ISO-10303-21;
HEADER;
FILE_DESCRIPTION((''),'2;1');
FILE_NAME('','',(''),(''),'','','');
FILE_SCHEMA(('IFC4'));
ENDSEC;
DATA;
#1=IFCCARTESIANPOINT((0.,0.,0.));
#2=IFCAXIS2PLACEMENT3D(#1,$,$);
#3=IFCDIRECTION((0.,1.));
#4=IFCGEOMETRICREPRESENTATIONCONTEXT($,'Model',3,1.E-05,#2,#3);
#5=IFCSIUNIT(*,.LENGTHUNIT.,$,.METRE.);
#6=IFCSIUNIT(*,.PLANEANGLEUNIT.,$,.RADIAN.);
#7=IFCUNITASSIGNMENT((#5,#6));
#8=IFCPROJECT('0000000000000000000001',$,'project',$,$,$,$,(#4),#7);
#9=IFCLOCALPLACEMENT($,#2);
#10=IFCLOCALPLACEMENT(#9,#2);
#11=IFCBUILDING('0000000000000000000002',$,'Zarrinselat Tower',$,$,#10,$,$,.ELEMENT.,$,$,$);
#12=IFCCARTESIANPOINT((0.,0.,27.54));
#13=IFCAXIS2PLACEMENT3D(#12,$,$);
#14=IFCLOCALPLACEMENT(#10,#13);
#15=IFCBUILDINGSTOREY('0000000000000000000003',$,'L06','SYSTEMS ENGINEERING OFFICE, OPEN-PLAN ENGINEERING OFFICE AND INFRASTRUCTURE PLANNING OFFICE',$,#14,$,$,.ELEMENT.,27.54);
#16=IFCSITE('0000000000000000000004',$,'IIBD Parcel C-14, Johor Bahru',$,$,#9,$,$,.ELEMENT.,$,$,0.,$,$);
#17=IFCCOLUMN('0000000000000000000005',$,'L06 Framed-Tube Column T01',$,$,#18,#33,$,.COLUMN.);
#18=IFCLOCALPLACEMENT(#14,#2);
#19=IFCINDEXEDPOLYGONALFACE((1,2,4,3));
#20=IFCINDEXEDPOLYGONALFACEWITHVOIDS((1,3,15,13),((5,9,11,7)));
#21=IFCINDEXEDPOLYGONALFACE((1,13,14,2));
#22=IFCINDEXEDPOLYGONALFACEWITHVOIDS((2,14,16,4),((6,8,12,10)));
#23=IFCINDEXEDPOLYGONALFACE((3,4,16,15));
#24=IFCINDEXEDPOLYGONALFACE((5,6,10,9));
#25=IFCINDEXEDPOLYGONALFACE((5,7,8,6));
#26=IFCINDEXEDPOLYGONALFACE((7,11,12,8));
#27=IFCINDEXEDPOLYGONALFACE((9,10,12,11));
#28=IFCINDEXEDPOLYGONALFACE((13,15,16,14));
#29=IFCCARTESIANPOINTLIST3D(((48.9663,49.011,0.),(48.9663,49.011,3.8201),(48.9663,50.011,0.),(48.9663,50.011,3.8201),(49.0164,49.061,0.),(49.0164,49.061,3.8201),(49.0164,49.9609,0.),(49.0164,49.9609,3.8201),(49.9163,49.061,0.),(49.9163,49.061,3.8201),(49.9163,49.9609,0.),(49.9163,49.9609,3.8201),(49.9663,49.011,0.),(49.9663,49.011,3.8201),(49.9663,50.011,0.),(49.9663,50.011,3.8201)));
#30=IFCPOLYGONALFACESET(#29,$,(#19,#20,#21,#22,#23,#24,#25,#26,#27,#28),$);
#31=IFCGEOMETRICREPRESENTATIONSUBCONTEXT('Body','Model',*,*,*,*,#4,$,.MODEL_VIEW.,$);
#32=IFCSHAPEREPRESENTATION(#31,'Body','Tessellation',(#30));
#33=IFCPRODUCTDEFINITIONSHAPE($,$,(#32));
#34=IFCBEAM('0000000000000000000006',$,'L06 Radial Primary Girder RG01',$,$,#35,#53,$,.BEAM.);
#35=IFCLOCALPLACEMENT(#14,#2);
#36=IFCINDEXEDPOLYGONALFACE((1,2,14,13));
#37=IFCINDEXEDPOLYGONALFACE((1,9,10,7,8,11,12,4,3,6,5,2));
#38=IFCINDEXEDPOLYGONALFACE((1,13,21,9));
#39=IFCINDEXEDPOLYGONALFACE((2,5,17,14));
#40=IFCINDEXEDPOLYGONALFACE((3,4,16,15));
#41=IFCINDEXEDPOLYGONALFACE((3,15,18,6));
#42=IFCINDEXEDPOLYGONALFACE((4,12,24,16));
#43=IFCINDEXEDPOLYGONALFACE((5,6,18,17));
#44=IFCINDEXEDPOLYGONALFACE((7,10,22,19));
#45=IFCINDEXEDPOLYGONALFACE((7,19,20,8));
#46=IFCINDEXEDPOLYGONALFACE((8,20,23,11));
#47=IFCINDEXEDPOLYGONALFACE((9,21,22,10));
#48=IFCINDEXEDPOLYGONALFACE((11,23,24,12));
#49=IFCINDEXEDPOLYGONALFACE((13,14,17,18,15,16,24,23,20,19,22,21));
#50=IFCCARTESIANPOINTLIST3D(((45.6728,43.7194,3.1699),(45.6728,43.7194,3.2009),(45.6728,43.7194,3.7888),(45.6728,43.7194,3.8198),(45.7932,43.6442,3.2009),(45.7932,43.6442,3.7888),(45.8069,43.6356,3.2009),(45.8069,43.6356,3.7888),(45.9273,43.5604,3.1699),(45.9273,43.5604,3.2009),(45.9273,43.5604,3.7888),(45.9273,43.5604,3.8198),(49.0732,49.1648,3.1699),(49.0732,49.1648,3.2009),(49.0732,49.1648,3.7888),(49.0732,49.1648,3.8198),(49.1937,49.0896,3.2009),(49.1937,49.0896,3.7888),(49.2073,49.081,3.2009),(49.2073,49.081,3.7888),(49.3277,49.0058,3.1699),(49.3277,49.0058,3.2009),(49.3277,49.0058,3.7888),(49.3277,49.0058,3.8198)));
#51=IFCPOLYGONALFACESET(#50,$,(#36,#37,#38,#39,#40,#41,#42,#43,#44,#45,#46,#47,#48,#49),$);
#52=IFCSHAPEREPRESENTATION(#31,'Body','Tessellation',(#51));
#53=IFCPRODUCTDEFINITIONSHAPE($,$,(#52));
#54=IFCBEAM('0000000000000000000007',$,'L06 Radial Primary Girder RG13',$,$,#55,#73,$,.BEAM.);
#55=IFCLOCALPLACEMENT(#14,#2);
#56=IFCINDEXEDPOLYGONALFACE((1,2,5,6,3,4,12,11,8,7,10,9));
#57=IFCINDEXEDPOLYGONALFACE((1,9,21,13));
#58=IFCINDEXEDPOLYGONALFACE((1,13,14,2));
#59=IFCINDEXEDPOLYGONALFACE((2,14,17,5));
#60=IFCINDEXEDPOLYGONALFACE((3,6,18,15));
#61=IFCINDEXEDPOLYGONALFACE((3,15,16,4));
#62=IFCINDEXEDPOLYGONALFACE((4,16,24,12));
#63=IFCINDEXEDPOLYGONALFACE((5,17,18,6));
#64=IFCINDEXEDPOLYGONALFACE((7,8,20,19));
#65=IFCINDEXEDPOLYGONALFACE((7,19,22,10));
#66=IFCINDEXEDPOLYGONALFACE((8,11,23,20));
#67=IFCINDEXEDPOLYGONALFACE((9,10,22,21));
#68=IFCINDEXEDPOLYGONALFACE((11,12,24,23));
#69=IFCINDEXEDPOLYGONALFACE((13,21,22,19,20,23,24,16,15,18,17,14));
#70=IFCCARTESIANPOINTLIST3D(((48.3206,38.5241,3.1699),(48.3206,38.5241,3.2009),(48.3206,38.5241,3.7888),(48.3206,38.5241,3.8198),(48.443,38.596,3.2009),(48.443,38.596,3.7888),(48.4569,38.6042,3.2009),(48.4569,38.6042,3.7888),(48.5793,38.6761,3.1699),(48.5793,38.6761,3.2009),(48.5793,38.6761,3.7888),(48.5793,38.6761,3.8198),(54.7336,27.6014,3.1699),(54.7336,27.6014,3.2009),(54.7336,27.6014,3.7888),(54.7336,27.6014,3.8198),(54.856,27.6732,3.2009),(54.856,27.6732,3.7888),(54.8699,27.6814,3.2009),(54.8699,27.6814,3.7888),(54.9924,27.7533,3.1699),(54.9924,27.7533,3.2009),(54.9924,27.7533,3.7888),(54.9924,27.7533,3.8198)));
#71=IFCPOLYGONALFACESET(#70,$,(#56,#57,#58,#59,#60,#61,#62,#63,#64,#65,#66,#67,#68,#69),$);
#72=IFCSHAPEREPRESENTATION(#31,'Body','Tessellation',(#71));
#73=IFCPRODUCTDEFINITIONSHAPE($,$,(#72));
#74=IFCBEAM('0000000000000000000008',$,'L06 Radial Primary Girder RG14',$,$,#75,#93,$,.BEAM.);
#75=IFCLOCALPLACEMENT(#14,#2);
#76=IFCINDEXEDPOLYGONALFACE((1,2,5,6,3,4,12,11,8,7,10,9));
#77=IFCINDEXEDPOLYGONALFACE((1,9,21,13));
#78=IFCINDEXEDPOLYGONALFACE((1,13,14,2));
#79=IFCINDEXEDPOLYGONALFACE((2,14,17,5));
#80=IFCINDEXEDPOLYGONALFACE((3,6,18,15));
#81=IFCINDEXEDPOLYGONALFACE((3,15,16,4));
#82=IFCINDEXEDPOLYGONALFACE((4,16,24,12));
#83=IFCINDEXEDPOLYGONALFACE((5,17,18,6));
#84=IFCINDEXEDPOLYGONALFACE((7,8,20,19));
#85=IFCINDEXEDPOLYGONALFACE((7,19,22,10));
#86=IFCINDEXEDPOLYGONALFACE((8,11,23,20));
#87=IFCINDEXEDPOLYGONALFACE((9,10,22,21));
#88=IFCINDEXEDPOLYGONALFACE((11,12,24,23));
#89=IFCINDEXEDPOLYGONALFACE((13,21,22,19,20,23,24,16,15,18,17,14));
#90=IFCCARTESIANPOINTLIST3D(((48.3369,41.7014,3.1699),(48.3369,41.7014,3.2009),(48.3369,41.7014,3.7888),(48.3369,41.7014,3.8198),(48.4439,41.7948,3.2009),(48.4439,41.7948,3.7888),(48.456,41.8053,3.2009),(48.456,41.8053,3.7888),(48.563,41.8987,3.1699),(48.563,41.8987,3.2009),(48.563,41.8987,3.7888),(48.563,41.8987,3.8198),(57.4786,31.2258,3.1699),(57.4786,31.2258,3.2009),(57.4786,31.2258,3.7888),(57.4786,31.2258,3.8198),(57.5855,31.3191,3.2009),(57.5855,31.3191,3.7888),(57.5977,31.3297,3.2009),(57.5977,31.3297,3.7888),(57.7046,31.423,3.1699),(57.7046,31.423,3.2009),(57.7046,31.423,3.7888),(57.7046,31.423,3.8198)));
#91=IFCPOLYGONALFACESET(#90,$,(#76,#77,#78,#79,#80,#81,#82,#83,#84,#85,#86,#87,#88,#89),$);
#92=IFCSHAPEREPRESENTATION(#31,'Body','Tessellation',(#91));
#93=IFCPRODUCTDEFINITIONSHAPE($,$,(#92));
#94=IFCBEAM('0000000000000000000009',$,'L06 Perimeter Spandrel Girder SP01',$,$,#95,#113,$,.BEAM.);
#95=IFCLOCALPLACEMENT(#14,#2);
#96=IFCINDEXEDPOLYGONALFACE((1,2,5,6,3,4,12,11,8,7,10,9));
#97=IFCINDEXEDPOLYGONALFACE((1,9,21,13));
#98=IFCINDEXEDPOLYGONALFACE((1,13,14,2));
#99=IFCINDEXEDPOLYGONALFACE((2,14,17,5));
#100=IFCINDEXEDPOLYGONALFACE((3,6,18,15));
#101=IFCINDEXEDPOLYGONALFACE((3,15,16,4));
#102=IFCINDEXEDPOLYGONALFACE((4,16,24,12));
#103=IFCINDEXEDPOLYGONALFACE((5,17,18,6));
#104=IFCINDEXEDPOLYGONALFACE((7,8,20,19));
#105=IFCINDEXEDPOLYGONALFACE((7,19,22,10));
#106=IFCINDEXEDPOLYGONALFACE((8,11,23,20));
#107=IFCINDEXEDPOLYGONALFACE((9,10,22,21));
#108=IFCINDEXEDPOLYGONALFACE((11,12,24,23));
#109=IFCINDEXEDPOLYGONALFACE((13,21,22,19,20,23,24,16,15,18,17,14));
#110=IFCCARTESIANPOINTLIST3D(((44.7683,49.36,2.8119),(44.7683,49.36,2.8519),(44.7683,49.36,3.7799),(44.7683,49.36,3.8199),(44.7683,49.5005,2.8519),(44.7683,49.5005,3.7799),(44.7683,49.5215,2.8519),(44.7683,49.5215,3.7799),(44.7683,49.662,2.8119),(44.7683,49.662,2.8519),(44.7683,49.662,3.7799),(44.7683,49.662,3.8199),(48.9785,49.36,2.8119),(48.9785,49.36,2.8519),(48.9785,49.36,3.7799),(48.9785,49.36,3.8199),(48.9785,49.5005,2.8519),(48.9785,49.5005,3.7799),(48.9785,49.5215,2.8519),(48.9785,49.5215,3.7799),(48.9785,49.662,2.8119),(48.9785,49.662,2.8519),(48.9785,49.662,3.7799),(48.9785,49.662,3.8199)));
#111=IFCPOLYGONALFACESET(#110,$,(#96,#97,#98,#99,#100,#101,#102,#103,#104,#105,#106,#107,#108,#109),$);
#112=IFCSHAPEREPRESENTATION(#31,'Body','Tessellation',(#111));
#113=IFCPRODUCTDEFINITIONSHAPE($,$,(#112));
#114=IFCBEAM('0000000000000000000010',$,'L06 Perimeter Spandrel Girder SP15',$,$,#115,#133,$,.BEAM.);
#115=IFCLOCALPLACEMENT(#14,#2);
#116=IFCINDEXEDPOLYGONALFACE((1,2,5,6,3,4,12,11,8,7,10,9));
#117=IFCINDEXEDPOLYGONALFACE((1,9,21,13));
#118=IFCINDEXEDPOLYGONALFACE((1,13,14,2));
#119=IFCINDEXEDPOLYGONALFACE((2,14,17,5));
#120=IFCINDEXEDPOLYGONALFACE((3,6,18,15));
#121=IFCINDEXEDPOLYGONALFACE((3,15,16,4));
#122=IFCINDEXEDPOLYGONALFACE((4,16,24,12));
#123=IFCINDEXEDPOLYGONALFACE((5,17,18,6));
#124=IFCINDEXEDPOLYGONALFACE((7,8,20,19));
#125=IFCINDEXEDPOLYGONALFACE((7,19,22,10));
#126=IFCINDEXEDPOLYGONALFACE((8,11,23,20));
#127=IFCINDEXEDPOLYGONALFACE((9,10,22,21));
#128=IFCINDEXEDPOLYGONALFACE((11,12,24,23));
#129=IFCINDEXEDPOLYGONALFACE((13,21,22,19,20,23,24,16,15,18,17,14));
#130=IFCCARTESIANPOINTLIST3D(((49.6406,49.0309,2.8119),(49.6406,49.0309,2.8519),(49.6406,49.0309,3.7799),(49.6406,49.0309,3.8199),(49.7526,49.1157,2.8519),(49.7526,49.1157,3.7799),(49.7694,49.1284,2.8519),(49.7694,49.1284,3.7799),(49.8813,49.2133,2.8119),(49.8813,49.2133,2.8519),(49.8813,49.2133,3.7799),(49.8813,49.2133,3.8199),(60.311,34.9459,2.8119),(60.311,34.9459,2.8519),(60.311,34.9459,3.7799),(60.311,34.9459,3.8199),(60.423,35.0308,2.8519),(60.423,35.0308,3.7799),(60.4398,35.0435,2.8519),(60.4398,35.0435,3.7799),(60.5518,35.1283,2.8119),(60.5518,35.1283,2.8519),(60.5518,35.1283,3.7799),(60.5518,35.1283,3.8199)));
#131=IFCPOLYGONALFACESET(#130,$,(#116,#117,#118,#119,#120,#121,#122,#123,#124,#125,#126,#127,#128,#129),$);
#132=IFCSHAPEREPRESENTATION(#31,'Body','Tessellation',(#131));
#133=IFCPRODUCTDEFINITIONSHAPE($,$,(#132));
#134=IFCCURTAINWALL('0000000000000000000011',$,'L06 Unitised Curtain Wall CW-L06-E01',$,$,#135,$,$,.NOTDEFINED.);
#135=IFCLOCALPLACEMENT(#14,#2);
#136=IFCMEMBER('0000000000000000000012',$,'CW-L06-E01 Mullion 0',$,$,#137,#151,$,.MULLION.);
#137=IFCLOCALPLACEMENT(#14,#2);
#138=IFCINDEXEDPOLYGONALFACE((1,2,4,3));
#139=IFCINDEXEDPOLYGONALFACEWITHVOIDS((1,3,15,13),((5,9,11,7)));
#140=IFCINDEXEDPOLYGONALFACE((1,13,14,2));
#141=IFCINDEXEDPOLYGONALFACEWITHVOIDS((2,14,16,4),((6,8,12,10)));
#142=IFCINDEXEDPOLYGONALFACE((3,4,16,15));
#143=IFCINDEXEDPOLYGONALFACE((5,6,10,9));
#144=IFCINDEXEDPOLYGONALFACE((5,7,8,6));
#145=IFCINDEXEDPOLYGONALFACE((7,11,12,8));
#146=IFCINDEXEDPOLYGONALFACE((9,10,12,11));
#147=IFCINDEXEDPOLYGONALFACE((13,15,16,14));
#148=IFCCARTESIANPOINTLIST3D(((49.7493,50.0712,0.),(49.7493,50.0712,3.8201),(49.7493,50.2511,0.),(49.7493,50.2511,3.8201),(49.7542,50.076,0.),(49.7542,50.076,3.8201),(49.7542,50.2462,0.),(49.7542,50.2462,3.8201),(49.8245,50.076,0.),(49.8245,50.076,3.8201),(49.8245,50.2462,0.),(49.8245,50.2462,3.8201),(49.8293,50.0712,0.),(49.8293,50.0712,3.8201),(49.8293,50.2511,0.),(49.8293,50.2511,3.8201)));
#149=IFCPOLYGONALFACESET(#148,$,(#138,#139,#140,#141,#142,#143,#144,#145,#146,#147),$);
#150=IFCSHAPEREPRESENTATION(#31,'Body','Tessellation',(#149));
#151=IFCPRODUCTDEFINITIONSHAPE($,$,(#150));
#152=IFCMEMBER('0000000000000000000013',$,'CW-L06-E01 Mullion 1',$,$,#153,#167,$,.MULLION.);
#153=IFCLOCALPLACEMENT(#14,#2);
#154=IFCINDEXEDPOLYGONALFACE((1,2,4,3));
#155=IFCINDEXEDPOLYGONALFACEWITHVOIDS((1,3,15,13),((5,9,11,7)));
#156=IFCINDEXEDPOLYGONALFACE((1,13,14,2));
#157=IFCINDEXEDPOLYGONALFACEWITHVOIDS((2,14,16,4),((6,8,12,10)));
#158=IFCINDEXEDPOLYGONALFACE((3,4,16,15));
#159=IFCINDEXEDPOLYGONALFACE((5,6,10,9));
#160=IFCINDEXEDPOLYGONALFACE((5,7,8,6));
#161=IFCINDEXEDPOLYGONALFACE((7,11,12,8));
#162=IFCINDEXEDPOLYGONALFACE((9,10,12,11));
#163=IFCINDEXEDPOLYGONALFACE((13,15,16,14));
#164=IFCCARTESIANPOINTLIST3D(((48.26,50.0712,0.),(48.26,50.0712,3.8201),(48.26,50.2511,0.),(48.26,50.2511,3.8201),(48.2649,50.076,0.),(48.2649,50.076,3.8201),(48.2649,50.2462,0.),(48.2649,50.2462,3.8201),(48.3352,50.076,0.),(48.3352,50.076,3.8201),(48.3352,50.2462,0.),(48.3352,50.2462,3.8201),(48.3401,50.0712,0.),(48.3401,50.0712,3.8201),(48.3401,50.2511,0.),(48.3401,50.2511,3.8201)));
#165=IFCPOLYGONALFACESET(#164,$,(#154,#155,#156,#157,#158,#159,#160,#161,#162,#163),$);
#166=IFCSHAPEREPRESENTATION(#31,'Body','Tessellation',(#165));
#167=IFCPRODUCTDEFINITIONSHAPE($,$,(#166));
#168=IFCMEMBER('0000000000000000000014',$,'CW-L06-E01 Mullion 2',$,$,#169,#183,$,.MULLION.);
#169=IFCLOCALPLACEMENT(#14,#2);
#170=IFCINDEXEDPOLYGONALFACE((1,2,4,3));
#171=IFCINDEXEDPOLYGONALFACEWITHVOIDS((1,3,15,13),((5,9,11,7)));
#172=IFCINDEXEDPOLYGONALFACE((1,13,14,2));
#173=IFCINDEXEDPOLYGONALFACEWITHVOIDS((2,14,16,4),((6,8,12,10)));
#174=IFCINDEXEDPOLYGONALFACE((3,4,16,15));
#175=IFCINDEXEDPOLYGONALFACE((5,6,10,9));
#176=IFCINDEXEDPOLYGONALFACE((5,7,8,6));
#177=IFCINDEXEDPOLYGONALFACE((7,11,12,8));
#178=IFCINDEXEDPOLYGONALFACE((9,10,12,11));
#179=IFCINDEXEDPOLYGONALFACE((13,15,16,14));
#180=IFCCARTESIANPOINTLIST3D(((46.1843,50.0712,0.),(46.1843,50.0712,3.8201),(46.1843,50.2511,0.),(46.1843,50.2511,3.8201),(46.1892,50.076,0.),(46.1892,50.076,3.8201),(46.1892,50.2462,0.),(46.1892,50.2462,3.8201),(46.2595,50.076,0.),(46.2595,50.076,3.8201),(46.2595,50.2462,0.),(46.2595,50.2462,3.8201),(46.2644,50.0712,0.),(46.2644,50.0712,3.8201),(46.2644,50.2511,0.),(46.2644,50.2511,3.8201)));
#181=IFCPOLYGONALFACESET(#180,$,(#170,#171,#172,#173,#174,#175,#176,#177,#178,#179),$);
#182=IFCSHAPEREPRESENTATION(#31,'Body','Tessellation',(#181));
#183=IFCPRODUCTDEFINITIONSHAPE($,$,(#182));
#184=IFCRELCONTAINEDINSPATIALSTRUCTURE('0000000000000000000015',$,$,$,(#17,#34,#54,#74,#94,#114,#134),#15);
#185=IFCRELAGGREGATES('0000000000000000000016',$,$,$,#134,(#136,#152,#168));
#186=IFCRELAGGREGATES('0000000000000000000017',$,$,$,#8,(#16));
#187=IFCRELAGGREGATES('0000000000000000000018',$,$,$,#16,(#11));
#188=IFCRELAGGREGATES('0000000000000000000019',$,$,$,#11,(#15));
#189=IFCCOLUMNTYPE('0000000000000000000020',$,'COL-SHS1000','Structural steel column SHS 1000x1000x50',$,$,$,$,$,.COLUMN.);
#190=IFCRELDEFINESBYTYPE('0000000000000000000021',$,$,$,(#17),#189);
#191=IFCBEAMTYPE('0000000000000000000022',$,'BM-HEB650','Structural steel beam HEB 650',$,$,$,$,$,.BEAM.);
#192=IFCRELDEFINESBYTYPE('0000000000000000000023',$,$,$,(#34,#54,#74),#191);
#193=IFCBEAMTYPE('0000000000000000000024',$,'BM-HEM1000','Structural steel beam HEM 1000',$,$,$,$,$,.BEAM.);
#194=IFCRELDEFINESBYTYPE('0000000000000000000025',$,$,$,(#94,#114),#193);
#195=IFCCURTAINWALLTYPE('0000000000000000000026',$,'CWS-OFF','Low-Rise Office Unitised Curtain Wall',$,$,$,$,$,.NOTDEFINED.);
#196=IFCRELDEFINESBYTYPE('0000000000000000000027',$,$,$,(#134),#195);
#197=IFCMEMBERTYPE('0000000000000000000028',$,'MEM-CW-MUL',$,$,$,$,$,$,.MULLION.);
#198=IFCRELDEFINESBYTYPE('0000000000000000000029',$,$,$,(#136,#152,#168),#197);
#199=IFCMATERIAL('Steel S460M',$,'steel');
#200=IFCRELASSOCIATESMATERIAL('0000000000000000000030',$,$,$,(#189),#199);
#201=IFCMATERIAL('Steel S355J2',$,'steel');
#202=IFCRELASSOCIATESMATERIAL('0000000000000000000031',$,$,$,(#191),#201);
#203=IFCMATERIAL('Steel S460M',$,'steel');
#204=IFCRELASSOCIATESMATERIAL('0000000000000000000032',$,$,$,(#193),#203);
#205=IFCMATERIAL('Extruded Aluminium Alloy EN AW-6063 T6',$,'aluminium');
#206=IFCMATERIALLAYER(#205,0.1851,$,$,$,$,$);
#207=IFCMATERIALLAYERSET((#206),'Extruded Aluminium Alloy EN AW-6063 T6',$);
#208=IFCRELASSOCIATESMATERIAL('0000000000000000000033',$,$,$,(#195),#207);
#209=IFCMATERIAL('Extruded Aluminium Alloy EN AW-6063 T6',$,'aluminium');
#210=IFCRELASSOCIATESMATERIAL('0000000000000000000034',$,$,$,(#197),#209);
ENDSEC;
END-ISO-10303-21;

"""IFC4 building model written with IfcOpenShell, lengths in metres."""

from ifc_helpers import new_model, si_unit, direction, frame, origin, origin_2d, place, context, subcontext, project, spatial, hollow_rectangle, i_section, extrude, material, layer, layer_set, material_profile, profile_set, type_object, element, aggregate, save


model = new_model("IFC4")

# Units and contexts
model_context = context("Model", 3, precision=1e-05, world=origin(), true_north=direction((0.0, 1.0)))
body_context = subcontext(model_context, "Body", "Model", "MODEL_VIEW")
ifc_project = project(units=[si_unit("LENGTHUNIT", "METRE"), si_unit("PLANEANGLEUNIT", "RADIAN")], contexts=[model_context])

# Site, building, storey
site_placement = place(None, origin())
site = spatial("IfcSite", under=ifc_project, at=site_placement, Name="IIBD Parcel C-14, Johor Bahru", CompositionType="ELEMENT", RefElevation=0.0)
building_placement = place(site_placement, origin())
building = spatial("IfcBuilding", under=site, at=building_placement, Name="Zarrinselat Tower", CompositionType="ELEMENT")
storey_placement = place(building_placement, frame((0.0, 0.0, 27.54)))
storey = spatial("IfcBuildingStorey", under=building, at=storey_placement, Name="L06", Description="SYSTEMS ENGINEERING OFFICE, OPEN-PLAN ENGINEERING OFFICE AND INFRASTRUCTURE PLANNING OFFICE", CompositionType="ELEMENT", Elevation=27.54)

# Column
ifc_material_1 = material(Name="Steel S460M", Category="steel")
ifc_material_profile_1 = material_profile(ifc_material_1, hollow_rectangle(XDim=1.0, YDim=1.0, WallThickness=0.05, at=origin_2d()), Name="SHS 1000x1000x50")
ifc_profile_set_1 = profile_set([ifc_material_profile_1], Name="Steel S460M")
column_type = type_object("IfcColumnType", Name="COL-SHS1000", Description="Structural steel column SHS 1000x1000x50", PredefinedType="COLUMN", material=ifc_profile_set_1)
column_placement = place(storey_placement, frame((49.4663, 49.511, 0.0), z_axis=(0.0, 0.0, 1.0), x_axis=(1.0, 0.0, 0.0)))
element("IfcColumn", 1, at=column_placement, inside=storey, type_object=column_type, Name="L06 Framed-Tube Column T01", PredefinedType="COLUMN", context=body_context, shape_type="SweptSolid", body=[
    extrude(hollow_rectangle(XDim=1.0, YDim=1.0, WallThickness=0.05, at=origin_2d()), origin(), (0.0, 0.0, 1.0), 3.8201),
])

# Beams
ifc_material_2 = material(Name="Steel S355J2", Category="steel")
ifc_material_profile_2 = material_profile(ifc_material_2, i_section(OverallWidth=0.3, OverallDepth=0.6499, WebThickness=0.0161, FlangeThickness=0.031, at=origin_2d()), Name="HEB 650")
ifc_profile_set_2 = profile_set([ifc_material_profile_2], Name="Steel S355J2")
beam_type_1 = type_object("IfcBeamType", Name="BM-HEB650", Description="Structural steel beam HEB 650", PredefinedType="BEAM", material=ifc_profile_set_2)
beam_1_placement = place(storey_placement, frame((45.8, 43.6399, 3.4949), z_axis=(0.529671, 0.848203, 0.0), x_axis=(-0.848203, 0.529671, 0.0)))
element("IfcBeam", 2, at=beam_1_placement, inside=storey, type_object=beam_type_1, Name="L06 Radial Primary Girder RG01", PredefinedType="BEAM", context=body_context, shape_type="SweptSolid", body=[
    extrude(i_section(OverallWidth=0.3, OverallDepth=0.6499, WebThickness=0.0161, FlangeThickness=0.031, at=origin_2d()), origin(), (0.0, 0.0, 1.0), 6.4199),
])
beam_2_placement = place(storey_placement, frame((48.45, 38.6001, 3.4949), z_axis=(0.506309, -0.862352, 0.0), x_axis=(0.862352, 0.506309, 0.0)))
element("IfcBeam", 3, at=beam_2_placement, inside=storey, type_object=beam_type_1, Name="L06 Radial Primary Girder RG13", PredefinedType="BEAM", context=body_context, shape_type="SweptSolid", body=[
    extrude(i_section(OverallWidth=0.3, OverallDepth=0.6499, WebThickness=0.0161, FlangeThickness=0.031, at=origin_2d()), origin(), (0.0, 0.0, 1.0), 12.6663),
])
beam_3_placement = place(storey_placement, frame((48.45, 41.8, 3.4949), z_axis=(0.657505, -0.753451, 0.0), x_axis=(0.753451, 0.657505, 0.0)))
element("IfcBeam", 4, at=beam_3_placement, inside=storey, type_object=beam_type_1, Name="L06 Radial Primary Girder RG14", PredefinedType="BEAM", context=body_context, shape_type="SweptSolid", body=[
    extrude(i_section(OverallWidth=0.3, OverallDepth=0.6499, WebThickness=0.0161, FlangeThickness=0.031, at=origin_2d()), origin(), (0.0, 0.0, 1.0), 13.9036),
])
ifc_material_3 = material(Name="Steel S460M", Category="steel")
ifc_material_profile_3 = material_profile(ifc_material_3, i_section(OverallWidth=0.302, OverallDepth=1.0081, WebThickness=0.021, FlangeThickness=0.04, at=origin_2d()), Name="HEM 1000")
ifc_profile_set_3 = profile_set([ifc_material_profile_3], Name="Steel S460M")
beam_type_2 = type_object("IfcBeamType", Name="BM-HEM1000", Description="Structural steel beam HEM 1000", PredefinedType="BEAM", material=ifc_profile_set_3)
beam_4_placement = place(storey_placement, frame((44.7683, 49.511, 3.3159), z_axis=(1.0, 0.0, 0.0), x_axis=(0.0, 1.0, 0.0)))
element("IfcBeam", 5, at=beam_4_placement, inside=storey, type_object=beam_type_2, Name="L06 Perimeter Spandrel Girder SP01", PredefinedType="BEAM", context=body_context, shape_type="SweptSolid", body=[
    extrude(i_section(OverallWidth=0.302, OverallDepth=1.0081, WebThickness=0.021, FlangeThickness=0.04, at=origin_2d()), origin(), (0.0, 0.0, 1.0), 4.2102),
])
beam_5_placement = place(storey_placement, frame((49.761, 49.1221, 3.3159), z_axis=(0.603857, -0.797093, 0.0), x_axis=(0.797093, 0.603857, 0.0)))
element("IfcBeam", 6, at=beam_5_placement, inside=storey, type_object=beam_type_2, Name="L06 Perimeter Spandrel Girder SP15", PredefinedType="BEAM", context=body_context, shape_type="SweptSolid", body=[
    extrude(i_section(OverallWidth=0.302, OverallDepth=1.0081, WebThickness=0.021, FlangeThickness=0.04, at=origin_2d()), origin(), (0.0, 0.0, 1.0), 17.6704),
])

# Curtain wall, members
ifc_material_4 = material(Name="Extruded Aluminium Alloy EN AW-6063 T6", Category="aluminium")
ifc_layer_1 = layer(ifc_material_4, 0.1851)
ifc_layer_set_1 = layer_set([ifc_layer_1], Name="Extruded Aluminium Alloy EN AW-6063 T6")
curtain_wall_type = type_object("IfcCurtainWallType", Name="CWS-OFF", Description="Low-Rise Office Unitised Curtain Wall", PredefinedType="NOTDEFINED", material=ifc_layer_set_1)
curtain_wall_1_placement = place(storey_placement, origin())
curtain_wall_1 = element("IfcCurtainWall", 7, at=curtain_wall_1_placement, inside=storey, type_object=curtain_wall_type, Name="L06 Unitised Curtain Wall CW-L06-E01", PredefinedType="NOTDEFINED")
ifc_material_5 = material(Name="Extruded Aluminium Alloy EN AW-6063 T6", Category="aluminium")
ifc_material_profile_4 = material_profile(ifc_material_5, hollow_rectangle(XDim=0.0801, YDim=0.1799, WallThickness=0.0049, at=origin_2d()), Name="RHS 180x80x5")
ifc_profile_set_4 = profile_set([ifc_material_profile_4], Name="Extruded Aluminium Alloy EN AW-6063 T6")
member_type_1 = type_object("IfcMemberType", Name="MEM-CW-MUL", PredefinedType="MULLION", material=ifc_profile_set_4)
member_1_placement = place(storey_placement, frame((49.7893, 50.1611, 0.0), z_axis=(0.0, 0.0, 1.0), x_axis=(-1.0, 0.0, 0.0)))
member_1 = element("IfcMember", 8, at=member_1_placement, type_object=member_type_1, Name="CW-L06-E01 Mullion 0", PredefinedType="MULLION", context=body_context, shape_type="SweptSolid", body=[
    extrude(hollow_rectangle(XDim=0.0801, YDim=0.1799, WallThickness=0.0049, at=origin_2d()), origin(), (0.0, 0.0, 1.0), 3.8201),
])
member_2_placement = place(storey_placement, frame((48.3, 50.1611, 0.0), z_axis=(0.0, 0.0, 1.0), x_axis=(-1.0, 0.0, 0.0)))
member_2 = element("IfcMember", 9, at=member_2_placement, type_object=member_type_1, Name="CW-L06-E01 Mullion 1", PredefinedType="MULLION", context=body_context, shape_type="SweptSolid", body=[
    extrude(hollow_rectangle(XDim=0.0801, YDim=0.1799, WallThickness=0.0049, at=origin_2d()), origin(), (0.0, 0.0, 1.0), 3.8201),
])
member_3_placement = place(storey_placement, frame((46.2244, 50.1611, 0.0), z_axis=(0.0, 0.0, 1.0), x_axis=(-1.0, 0.0, 0.0)))
member_3 = element("IfcMember", 10, at=member_3_placement, type_object=member_type_1, Name="CW-L06-E01 Mullion 2", PredefinedType="MULLION", context=body_context, shape_type="SweptSolid", body=[
    extrude(hollow_rectangle(XDim=0.0801, YDim=0.1799, WallThickness=0.0049, at=origin_2d()), origin(), (0.0, 0.0, 1.0), 3.8201),
])

aggregate(curtain_wall_1, [member_1, member_2, member_3])

save(model, "model.ifc")
